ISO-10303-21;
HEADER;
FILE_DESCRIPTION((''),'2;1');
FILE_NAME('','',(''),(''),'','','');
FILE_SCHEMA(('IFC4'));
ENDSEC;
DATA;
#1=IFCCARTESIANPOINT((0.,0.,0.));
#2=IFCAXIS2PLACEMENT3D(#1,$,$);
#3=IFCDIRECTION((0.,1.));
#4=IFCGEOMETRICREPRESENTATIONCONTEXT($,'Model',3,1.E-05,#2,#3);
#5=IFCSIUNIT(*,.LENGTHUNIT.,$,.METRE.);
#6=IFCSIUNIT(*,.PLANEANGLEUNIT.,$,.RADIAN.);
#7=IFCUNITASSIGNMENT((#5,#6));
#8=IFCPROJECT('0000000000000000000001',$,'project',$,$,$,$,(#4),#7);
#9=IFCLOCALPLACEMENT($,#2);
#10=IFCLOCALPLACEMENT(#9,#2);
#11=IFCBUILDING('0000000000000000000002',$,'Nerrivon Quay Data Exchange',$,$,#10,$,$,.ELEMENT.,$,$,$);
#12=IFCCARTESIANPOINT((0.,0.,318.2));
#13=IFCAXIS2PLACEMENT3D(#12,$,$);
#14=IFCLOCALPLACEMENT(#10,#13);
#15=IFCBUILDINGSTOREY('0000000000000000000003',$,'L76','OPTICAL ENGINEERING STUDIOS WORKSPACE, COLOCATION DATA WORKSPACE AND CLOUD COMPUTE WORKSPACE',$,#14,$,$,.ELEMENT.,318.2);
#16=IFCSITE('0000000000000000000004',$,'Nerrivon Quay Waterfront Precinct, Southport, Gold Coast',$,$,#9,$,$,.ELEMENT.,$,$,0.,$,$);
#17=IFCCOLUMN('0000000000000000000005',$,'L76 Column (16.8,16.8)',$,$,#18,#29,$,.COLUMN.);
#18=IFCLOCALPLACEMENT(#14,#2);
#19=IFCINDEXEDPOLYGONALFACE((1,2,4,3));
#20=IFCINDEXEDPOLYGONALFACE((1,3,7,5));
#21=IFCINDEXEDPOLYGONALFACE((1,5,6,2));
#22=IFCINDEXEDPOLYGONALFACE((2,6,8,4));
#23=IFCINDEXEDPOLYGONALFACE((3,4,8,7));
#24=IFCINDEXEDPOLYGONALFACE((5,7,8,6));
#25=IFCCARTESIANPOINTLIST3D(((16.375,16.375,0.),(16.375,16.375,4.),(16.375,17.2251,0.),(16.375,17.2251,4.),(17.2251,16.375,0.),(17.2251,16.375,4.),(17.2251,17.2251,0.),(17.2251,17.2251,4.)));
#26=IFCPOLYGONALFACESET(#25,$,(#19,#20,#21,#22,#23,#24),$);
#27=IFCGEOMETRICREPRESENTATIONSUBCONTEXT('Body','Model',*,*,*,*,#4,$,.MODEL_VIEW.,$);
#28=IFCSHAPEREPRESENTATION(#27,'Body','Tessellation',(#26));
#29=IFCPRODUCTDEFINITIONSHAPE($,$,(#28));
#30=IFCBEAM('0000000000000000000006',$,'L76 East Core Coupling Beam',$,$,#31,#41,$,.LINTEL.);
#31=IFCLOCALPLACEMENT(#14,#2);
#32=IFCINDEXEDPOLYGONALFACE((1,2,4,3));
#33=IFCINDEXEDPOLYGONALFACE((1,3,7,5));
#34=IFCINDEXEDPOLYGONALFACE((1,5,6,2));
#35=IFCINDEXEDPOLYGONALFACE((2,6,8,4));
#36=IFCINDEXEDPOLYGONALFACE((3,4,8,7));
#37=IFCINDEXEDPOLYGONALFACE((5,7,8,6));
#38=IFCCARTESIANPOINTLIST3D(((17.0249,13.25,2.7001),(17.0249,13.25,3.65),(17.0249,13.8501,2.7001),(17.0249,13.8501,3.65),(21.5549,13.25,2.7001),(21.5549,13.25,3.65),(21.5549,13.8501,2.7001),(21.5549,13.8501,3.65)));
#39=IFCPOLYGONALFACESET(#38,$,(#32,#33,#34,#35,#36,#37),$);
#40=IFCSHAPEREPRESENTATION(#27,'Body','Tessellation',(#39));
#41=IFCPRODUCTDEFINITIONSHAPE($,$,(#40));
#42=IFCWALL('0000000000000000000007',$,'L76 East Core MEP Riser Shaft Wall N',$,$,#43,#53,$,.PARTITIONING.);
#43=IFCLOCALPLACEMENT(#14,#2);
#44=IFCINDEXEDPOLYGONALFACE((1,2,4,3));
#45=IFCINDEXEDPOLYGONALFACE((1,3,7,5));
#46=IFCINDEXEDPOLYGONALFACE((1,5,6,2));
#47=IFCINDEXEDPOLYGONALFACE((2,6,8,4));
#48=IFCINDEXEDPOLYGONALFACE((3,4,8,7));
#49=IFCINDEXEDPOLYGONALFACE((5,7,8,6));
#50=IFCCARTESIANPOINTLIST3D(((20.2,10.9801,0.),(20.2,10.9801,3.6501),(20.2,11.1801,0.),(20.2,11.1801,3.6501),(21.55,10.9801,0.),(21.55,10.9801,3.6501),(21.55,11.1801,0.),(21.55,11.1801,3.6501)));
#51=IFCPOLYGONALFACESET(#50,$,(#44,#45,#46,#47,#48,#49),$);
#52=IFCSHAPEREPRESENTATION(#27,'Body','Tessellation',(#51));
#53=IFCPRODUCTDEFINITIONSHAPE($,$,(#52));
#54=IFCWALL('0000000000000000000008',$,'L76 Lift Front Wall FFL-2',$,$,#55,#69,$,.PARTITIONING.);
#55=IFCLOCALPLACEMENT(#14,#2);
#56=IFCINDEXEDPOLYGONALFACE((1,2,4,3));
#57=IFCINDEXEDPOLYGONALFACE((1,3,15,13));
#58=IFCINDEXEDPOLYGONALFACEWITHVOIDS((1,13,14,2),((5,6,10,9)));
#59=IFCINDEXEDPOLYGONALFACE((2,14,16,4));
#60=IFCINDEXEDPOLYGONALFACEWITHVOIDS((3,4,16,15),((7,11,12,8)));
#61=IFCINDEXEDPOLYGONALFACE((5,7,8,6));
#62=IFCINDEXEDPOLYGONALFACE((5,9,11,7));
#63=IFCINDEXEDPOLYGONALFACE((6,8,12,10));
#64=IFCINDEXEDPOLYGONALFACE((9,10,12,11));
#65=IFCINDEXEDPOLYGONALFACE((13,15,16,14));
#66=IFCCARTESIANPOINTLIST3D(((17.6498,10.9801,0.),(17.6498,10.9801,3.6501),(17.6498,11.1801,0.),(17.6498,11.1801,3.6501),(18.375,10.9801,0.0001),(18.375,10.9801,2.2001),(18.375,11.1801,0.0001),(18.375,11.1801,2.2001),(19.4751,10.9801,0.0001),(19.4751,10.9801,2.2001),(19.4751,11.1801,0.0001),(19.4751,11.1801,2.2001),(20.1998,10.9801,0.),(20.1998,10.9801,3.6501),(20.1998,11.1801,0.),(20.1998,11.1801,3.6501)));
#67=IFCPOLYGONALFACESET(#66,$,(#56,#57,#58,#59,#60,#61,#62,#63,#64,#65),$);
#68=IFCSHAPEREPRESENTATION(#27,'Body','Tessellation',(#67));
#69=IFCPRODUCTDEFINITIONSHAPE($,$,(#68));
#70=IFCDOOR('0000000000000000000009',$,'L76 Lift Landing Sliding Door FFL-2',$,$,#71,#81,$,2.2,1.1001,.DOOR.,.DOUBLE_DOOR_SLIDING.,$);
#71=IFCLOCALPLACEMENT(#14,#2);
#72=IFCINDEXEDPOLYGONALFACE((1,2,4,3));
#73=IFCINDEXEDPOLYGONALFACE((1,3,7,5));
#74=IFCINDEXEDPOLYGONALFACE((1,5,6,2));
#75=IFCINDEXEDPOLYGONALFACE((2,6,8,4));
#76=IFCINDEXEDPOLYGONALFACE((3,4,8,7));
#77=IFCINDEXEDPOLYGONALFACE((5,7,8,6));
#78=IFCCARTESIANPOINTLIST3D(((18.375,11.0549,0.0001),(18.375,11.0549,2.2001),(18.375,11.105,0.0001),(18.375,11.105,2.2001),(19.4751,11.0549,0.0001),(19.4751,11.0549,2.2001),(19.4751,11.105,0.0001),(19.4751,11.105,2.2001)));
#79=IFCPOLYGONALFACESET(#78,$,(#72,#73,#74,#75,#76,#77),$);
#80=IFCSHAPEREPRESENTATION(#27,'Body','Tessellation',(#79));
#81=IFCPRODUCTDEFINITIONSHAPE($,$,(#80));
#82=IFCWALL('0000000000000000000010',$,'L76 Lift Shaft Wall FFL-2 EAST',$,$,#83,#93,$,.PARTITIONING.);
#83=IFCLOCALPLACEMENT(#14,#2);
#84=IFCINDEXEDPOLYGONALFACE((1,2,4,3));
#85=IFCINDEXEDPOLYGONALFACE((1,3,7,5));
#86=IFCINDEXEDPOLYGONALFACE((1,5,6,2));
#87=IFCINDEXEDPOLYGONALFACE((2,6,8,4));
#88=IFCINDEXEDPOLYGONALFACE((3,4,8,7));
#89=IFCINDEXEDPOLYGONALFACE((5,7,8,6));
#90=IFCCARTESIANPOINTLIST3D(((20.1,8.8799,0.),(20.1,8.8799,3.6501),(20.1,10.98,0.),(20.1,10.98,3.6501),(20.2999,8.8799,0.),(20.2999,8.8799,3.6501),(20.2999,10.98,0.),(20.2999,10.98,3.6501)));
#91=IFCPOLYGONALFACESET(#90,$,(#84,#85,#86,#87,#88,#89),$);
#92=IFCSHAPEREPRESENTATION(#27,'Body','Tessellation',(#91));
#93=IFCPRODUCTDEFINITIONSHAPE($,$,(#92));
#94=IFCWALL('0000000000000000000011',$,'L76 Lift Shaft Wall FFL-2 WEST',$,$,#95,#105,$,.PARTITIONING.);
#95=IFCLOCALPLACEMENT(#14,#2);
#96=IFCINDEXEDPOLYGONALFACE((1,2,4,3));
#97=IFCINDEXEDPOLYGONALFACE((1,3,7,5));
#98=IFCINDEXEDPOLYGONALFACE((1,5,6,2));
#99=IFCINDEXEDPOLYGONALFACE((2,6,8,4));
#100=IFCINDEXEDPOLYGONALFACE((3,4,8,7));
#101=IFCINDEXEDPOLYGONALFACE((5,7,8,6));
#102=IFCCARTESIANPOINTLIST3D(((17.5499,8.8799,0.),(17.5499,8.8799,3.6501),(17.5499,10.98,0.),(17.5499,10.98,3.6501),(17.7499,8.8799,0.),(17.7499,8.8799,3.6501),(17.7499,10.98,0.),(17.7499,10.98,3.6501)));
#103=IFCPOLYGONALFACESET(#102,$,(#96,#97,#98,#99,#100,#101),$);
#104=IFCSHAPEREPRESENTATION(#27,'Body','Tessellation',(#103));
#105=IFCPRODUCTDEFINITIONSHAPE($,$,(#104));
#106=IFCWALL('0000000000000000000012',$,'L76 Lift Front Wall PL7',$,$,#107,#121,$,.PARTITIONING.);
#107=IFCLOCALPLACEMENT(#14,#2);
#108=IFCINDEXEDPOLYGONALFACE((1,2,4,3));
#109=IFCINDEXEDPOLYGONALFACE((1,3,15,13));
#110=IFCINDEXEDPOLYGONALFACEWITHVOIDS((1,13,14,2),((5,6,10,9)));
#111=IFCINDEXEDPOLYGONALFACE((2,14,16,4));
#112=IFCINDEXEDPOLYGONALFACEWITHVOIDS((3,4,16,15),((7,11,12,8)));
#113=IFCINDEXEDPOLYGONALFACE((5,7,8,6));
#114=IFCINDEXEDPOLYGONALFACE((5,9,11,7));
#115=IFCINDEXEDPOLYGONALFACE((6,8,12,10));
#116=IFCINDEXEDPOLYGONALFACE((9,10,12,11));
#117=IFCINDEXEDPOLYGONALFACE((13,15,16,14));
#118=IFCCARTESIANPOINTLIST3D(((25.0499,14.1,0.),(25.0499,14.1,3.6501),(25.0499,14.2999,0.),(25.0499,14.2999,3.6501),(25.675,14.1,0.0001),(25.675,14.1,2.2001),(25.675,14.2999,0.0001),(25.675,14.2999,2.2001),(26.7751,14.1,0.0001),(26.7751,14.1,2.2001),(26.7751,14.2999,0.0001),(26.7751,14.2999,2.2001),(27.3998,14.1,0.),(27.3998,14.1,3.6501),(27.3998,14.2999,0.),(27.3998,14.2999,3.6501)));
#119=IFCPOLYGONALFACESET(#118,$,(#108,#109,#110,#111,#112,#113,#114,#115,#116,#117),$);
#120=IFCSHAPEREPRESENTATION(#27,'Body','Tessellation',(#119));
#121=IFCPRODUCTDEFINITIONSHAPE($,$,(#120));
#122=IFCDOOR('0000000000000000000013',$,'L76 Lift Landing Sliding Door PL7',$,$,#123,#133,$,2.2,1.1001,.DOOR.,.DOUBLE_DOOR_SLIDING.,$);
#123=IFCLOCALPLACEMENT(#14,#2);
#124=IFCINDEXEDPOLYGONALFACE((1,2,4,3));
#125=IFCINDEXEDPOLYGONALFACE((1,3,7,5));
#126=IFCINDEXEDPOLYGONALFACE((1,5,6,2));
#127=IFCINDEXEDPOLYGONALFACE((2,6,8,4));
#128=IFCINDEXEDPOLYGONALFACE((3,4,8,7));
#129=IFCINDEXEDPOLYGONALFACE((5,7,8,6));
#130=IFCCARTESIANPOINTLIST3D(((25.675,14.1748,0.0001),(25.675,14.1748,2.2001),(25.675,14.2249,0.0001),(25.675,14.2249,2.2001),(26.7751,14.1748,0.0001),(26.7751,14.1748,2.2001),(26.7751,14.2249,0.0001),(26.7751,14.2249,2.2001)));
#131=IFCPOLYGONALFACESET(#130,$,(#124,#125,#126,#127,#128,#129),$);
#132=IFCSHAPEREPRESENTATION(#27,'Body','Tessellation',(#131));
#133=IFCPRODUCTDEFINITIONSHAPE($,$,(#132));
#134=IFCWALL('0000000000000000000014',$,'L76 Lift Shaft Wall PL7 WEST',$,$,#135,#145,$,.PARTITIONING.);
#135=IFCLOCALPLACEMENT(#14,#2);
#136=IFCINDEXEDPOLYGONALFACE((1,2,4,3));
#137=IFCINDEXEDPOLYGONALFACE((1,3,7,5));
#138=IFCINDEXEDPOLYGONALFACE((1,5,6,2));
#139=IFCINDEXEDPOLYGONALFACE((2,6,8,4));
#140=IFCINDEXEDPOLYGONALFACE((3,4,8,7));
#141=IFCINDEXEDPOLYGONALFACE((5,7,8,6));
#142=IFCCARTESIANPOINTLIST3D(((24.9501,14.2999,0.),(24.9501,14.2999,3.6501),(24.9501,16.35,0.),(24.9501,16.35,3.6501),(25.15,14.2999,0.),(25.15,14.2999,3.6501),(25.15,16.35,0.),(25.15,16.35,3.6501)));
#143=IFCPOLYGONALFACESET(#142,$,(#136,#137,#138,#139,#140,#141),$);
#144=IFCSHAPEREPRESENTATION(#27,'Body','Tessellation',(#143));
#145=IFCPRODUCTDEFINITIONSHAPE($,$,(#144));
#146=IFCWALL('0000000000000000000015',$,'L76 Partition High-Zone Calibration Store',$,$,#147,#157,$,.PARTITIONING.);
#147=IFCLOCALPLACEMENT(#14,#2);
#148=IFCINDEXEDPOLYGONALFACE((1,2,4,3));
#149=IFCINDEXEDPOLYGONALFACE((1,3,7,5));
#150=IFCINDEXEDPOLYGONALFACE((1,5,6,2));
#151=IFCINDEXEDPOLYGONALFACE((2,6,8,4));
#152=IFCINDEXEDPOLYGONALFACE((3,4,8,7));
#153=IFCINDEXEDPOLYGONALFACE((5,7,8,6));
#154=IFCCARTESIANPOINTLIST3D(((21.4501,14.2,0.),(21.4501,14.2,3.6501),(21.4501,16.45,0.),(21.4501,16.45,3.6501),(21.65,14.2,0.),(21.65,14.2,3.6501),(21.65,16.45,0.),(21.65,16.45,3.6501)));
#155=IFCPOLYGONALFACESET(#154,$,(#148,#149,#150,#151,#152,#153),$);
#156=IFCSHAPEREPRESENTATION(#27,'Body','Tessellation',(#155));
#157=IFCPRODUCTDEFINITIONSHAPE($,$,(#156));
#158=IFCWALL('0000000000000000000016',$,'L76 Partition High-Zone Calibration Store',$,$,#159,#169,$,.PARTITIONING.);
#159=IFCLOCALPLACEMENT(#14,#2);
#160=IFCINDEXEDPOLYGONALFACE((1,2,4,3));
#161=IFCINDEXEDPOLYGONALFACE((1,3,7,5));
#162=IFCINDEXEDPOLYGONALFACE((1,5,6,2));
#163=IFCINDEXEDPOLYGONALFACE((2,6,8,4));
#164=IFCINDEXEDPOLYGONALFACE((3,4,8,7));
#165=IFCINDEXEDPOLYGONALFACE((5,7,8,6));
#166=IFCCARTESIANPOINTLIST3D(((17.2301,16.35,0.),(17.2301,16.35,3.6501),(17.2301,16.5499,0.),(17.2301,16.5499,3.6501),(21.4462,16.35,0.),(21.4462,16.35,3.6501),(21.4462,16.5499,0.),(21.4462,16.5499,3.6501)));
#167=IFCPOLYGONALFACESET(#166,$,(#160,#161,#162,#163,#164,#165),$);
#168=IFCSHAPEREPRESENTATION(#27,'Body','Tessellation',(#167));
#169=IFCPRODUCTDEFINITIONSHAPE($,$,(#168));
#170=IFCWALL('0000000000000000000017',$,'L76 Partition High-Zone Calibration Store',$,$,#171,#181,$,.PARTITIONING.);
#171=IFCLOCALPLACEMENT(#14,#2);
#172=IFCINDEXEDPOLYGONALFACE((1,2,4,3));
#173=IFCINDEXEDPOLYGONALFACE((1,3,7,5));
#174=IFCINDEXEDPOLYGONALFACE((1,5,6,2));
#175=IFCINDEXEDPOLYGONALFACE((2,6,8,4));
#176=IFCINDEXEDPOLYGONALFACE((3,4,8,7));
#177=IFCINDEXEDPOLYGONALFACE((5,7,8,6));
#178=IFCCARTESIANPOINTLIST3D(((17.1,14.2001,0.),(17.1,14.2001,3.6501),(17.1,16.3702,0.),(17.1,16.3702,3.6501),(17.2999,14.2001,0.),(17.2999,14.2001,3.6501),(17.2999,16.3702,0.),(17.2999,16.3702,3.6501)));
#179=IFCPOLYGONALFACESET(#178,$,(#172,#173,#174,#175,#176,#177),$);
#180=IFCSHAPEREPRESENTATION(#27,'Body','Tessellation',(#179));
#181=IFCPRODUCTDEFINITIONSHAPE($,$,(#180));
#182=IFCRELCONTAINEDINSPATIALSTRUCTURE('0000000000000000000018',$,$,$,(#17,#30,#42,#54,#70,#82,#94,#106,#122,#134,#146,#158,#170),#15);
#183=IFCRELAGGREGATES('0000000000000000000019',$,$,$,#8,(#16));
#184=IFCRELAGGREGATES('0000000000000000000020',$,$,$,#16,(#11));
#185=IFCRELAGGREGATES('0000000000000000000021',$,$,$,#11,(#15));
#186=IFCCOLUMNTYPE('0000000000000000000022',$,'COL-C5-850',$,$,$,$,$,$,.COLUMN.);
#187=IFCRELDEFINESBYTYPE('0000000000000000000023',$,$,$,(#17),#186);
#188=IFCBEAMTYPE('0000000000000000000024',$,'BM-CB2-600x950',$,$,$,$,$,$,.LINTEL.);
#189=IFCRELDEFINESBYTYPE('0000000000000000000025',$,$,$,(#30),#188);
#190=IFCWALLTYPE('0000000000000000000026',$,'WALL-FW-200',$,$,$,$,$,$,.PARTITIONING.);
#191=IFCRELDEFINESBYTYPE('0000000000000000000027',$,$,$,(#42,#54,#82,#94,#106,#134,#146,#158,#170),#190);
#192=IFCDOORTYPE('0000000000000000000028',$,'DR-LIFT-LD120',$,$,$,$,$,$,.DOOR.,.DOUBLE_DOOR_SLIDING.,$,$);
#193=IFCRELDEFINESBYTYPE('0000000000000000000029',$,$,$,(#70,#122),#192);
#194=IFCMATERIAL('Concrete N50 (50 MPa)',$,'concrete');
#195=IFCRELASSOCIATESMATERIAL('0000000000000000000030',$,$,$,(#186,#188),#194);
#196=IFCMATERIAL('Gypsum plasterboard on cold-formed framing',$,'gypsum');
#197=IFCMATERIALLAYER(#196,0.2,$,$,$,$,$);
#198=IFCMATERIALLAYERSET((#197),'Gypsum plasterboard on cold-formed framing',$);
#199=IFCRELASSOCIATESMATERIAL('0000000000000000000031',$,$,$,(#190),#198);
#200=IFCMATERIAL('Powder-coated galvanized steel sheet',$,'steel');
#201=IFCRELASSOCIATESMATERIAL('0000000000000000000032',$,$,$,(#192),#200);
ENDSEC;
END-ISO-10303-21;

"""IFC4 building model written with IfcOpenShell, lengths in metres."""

from ifc_helpers import new_model, si_unit, direction, frame, frame_2d, origin, origin_2d, place, context, subcontext, project, spatial, rectangle, extrude, material, layer, layer_set, material_profile, profile_set, type_object, element, fill, save


model = new_model("IFC4")

# Units and contexts
model_context = context("Model", 3, precision=1e-05, world=origin(), true_north=direction((0.0, 1.0)))
body_context = subcontext(model_context, "Body", "Model", "MODEL_VIEW")
ifc_project = project(units=[si_unit("LENGTHUNIT", "METRE"), si_unit("PLANEANGLEUNIT", "RADIAN")], contexts=[model_context])

# Site, building, storey
site_placement = place(None, origin())
site = spatial("IfcSite", under=ifc_project, at=site_placement, Name="Nerrivon Quay Waterfront Precinct, Southport, Gold Coast", CompositionType="ELEMENT", RefElevation=0.0)
building_placement = place(site_placement, origin())
building = spatial("IfcBuilding", under=site, at=building_placement, Name="Nerrivon Quay Data Exchange", CompositionType="ELEMENT")
storey_placement = place(building_placement, frame((0.0, 0.0, 318.2)))
storey = spatial("IfcBuildingStorey", under=building, at=storey_placement, Name="L76", Description="OPTICAL ENGINEERING STUDIOS WORKSPACE, COLOCATION DATA WORKSPACE AND CLOUD COMPUTE WORKSPACE", CompositionType="ELEMENT", Elevation=318.2)

# Column
ifc_material_1 = material(Name="Concrete N50 (50 MPa)", Category="concrete")
ifc_material_profile_1 = material_profile(ifc_material_1, rectangle(XDim=0.8501, YDim=0.8501, at=origin_2d()), Name="RC-COL-850x850")
ifc_profile_set_1 = profile_set([ifc_material_profile_1], Name="Concrete N50 (50 MPa)")
column_type = type_object("IfcColumnType", Name="COL-C5-850", PredefinedType="COLUMN", material=ifc_profile_set_1)
column_placement = place(storey_placement, frame((16.8, 16.8, 0.0), z_axis=(0.0, 0.0, 1.0), x_axis=(1.0, 0.0, 0.0)))
element("IfcColumn", 1, at=column_placement, inside=storey, type_object=column_type, Name="L76 Column (16.8,16.8)", PredefinedType="COLUMN", context=body_context, shape_type="SweptSolid", body=[
    extrude(rectangle(XDim=0.8501, YDim=0.8501, at=origin_2d()), origin(), (0.0, 0.0, 1.0), 4.0),
])

# Beam
ifc_material_profile_2 = material_profile(ifc_material_1, rectangle(XDim=0.6001, YDim=0.95, at=origin_2d()), Name="RC-CB-600x950")
ifc_profile_set_2 = profile_set([ifc_material_profile_2], Name="Concrete N50 (50 MPa)")
beam_type = type_object("IfcBeamType", Name="BM-CB2-600x950", PredefinedType="LINTEL", material=ifc_profile_set_2)
beam_placement = place(storey_placement, frame((17.0249, 13.55, 3.175), z_axis=(1.0, 0.0, 0.0), x_axis=(0.0, 1.0, 0.0)))
element("IfcBeam", 2, at=beam_placement, inside=storey, type_object=beam_type, Name="L76 East Core Coupling Beam", PredefinedType="LINTEL", context=body_context, shape_type="SweptSolid", body=[
    extrude(rectangle(XDim=0.6001, YDim=0.95, at=origin_2d()), origin(), (0.0, 0.0, 1.0), 4.53),
])

# Shared definitions
ifc_material_2 = material(Name="Powder-coated galvanized steel sheet", Category="steel")

# Wall
ifc_material_3 = material(Name="Gypsum plasterboard on cold-formed framing", Category="gypsum")
ifc_layer_1 = layer(ifc_material_3, 0.2)
ifc_layer_set_1 = layer_set([ifc_layer_1], Name="Gypsum plasterboard on cold-formed framing")
wall_type_1 = type_object("IfcWallType", Name="WALL-FW-200", PredefinedType="PARTITIONING", material=ifc_layer_set_1)
wall_1_placement = place(storey_placement, frame((20.2, 11.0801, 0.0), z_axis=(0.0, 0.0, 1.0), x_axis=(1.0, 0.0, 0.0)))
element("IfcWall", 3, at=wall_1_placement, inside=storey, type_object=wall_type_1, Name="L76 East Core MEP Riser Shaft Wall N", PredefinedType="PARTITIONING", context=body_context, shape_type="SweptSolid", body=[
    extrude(rectangle(XDim=1.3501, YDim=0.2, at=frame_2d((0.675, 0.0))), origin(), (0.0, 0.0, 1.0), 3.6501),
])

# Wall, opening, door
wall_2_placement = place(storey_placement, frame((17.6499, 11.0801, 0.0), z_axis=(0.0, 0.0, 1.0), x_axis=(1.0, 0.0, 0.0)))
wall_2 = element("IfcWall", 4, at=wall_2_placement, inside=storey, type_object=wall_type_1, Name="L76 Lift Front Wall FFL-2", PredefinedType="PARTITIONING", context=body_context, shape_type="SweptSolid", body=[
    extrude(rectangle(XDim=2.55, YDim=0.2, at=frame_2d((1.2749, 0.0))), origin(), (0.0, 0.0, 1.0), 3.6501),
])
opening_1_placement = place(wall_2_placement, frame((0.7251, 0.0, 0.0)))
opening_1 = element("IfcOpeningElement", 5, at=opening_1_placement, cuts=wall_2, PredefinedType="OPENING", context=body_context, shape_type="SweptSolid", body=[
    extrude(rectangle(XDim=1.1001, YDim=2.2, at=frame_2d((0.55, 1.1001))), frame((0.0, 0.1099, 0.0), z_axis=(0.0, -1.0, 0.0), x_axis=(1.0, 0.0, 0.0)), (0.0, 0.0, 1.0), 0.22),
])
door_type_1 = type_object("IfcDoorType", Name="DR-LIFT-LD120", OperationType="DOUBLE_DOOR_SLIDING", PredefinedType="DOOR", material=ifc_material_2)
door_1_placement = place(opening_1_placement, origin())
door_1 = element("IfcDoor", 6, at=door_1_placement, inside=storey, type_object=door_type_1, Name="L76 Lift Landing Sliding Door FFL-2", OperationType="DOUBLE_DOOR_SLIDING", OverallHeight=2.2, OverallWidth=1.1001, PredefinedType="DOOR", context=body_context, shape_type="SweptSolid", body=[
    extrude(rectangle(XDim=1.1001, YDim=2.2, at=frame_2d((0.55, 1.1001))), frame((0.0, 0.0249, 0.0), z_axis=(0.0, -1.0, 0.0), x_axis=(1.0, 0.0, 0.0)), (0.0, 0.0, 1.0), 0.05),
])
fill(opening_1, door_1)

# Walls
for number, where, z_axis, x_axis, name in (
    (7, (20.2, 8.8799, 0.0), (0.0, 0.0, 1.0), (0.0, 1.0, 0.0), "L76 Lift Shaft Wall FFL-2 EAST"),
    (8, (17.6499, 8.8799, 0.0), (0.0, 0.0, 1.0), (0.0, 1.0, 0.0), "L76 Lift Shaft Wall FFL-2 WEST"),
):
    element("IfcWall", number, at=place(storey_placement, frame(where, z_axis=z_axis, x_axis=x_axis)), inside=storey, type_object=wall_type_1, Name=name, PredefinedType="PARTITIONING", context=body_context, shape_type="SweptSolid", body=[
        extrude(rectangle(XDim=2.1001, YDim=0.2, at=frame_2d((1.05, 0.0))), origin(), (0.0, 0.0, 1.0), 3.6501),
    ])

# Wall, opening, door
wall_3_placement = place(storey_placement, frame((25.05, 14.2, 0.0), z_axis=(0.0, 0.0, 1.0), x_axis=(1.0, 0.0, 0.0)))
wall_3 = element("IfcWall", 9, at=wall_3_placement, inside=storey, type_object=wall_type_1, Name="L76 Lift Front Wall PL7", PredefinedType="PARTITIONING", context=body_context, shape_type="SweptSolid", body=[
    extrude(rectangle(XDim=2.3499, YDim=0.2, at=frame_2d((1.1748, 0.0))), origin(), (0.0, 0.0, 1.0), 3.6501),
])
opening_2_placement = place(wall_3_placement, frame((0.625, 0.0, 0.0)))
opening_2 = element("IfcOpeningElement", 10, at=opening_2_placement, cuts=wall_3, PredefinedType="OPENING", context=body_context, shape_type="SweptSolid", body=[
    extrude(rectangle(XDim=1.1001, YDim=2.2, at=frame_2d((0.55, 1.1001))), frame((0.0, 0.1099, 0.0), z_axis=(0.0, -1.0, 0.0), x_axis=(1.0, 0.0, 0.0)), (0.0, 0.0, 1.0), 0.22),
])
door_2_placement = place(opening_2_placement, origin())
door_2 = element("IfcDoor", 11, at=door_2_placement, inside=storey, type_object=door_type_1, Name="L76 Lift Landing Sliding Door PL7", OperationType="DOUBLE_DOOR_SLIDING", OverallHeight=2.2, OverallWidth=1.1001, PredefinedType="DOOR", context=body_context, shape_type="SweptSolid", body=[
    extrude(rectangle(XDim=1.1001, YDim=2.2, at=frame_2d((0.55, 1.1001))), frame((0.0, 0.0249, 0.0), z_axis=(0.0, -1.0, 0.0), x_axis=(1.0, 0.0, 0.0)), (0.0, 0.0, 1.0), 0.05),
])
fill(opening_2, door_2)

# Walls
wall_4_placement = place(storey_placement, frame((25.05, 14.3, 0.0), z_axis=(0.0, 0.0, 1.0), x_axis=(0.0, 1.0, 0.0)))
element("IfcWall", 12, at=wall_4_placement, inside=storey, type_object=wall_type_1, Name="L76 Lift Shaft Wall PL7 WEST", PredefinedType="PARTITIONING", context=body_context, shape_type="SweptSolid", body=[
    extrude(rectangle(XDim=2.05, YDim=0.2, at=frame_2d((1.0249, 0.0))), origin(), (0.0, 0.0, 1.0), 3.6501),
])
wall_5_placement = place(storey_placement, frame((21.55, 14.2, 0.0), z_axis=(0.0, 0.0, 1.0), x_axis=(0.0, 1.0, 0.0)))
element("IfcWall", 13, at=wall_5_placement, inside=storey, type_object=wall_type_1, Name="L76 Partition High-Zone Calibration Store", PredefinedType="PARTITIONING", context=body_context, shape_type="SweptSolid", body=[
    extrude(rectangle(XDim=2.25, YDim=0.2, at=frame_2d((1.125, 0.0))), origin(), (0.0, 0.0, 1.0), 3.6501),
])
wall_6_placement = place(storey_placement, frame((21.446, 16.45, 0.0), z_axis=(0.0, 0.0, 1.0), x_axis=(-1.0, 0.0, 0.0)))
element("IfcWall", 14, at=wall_6_placement, inside=storey, type_object=wall_type_1, Name="L76 Partition High-Zone Calibration Store", PredefinedType="PARTITIONING", context=body_context, shape_type="SweptSolid", body=[
    extrude(rectangle(XDim=4.2161, YDim=0.2, at=frame_2d((2.1079, 0.0))), origin(), (0.0, 0.0, 1.0), 3.6501),
])
wall_7_placement = place(storey_placement, frame((17.2, 16.3701, 0.0), z_axis=(0.0, 0.0, 1.0), x_axis=(0.0, -1.0, 0.0)))
element("IfcWall", 15, at=wall_7_placement, inside=storey, type_object=wall_type_1, Name="L76 Partition High-Zone Calibration Store", PredefinedType="PARTITIONING", context=body_context, shape_type="SweptSolid", body=[
    extrude(rectangle(XDim=2.1702, YDim=0.2, at=frame_2d((1.085, 0.0))), origin(), (0.0, 0.0, 1.0), 3.6501),
])

save(model, "model.ifc")
